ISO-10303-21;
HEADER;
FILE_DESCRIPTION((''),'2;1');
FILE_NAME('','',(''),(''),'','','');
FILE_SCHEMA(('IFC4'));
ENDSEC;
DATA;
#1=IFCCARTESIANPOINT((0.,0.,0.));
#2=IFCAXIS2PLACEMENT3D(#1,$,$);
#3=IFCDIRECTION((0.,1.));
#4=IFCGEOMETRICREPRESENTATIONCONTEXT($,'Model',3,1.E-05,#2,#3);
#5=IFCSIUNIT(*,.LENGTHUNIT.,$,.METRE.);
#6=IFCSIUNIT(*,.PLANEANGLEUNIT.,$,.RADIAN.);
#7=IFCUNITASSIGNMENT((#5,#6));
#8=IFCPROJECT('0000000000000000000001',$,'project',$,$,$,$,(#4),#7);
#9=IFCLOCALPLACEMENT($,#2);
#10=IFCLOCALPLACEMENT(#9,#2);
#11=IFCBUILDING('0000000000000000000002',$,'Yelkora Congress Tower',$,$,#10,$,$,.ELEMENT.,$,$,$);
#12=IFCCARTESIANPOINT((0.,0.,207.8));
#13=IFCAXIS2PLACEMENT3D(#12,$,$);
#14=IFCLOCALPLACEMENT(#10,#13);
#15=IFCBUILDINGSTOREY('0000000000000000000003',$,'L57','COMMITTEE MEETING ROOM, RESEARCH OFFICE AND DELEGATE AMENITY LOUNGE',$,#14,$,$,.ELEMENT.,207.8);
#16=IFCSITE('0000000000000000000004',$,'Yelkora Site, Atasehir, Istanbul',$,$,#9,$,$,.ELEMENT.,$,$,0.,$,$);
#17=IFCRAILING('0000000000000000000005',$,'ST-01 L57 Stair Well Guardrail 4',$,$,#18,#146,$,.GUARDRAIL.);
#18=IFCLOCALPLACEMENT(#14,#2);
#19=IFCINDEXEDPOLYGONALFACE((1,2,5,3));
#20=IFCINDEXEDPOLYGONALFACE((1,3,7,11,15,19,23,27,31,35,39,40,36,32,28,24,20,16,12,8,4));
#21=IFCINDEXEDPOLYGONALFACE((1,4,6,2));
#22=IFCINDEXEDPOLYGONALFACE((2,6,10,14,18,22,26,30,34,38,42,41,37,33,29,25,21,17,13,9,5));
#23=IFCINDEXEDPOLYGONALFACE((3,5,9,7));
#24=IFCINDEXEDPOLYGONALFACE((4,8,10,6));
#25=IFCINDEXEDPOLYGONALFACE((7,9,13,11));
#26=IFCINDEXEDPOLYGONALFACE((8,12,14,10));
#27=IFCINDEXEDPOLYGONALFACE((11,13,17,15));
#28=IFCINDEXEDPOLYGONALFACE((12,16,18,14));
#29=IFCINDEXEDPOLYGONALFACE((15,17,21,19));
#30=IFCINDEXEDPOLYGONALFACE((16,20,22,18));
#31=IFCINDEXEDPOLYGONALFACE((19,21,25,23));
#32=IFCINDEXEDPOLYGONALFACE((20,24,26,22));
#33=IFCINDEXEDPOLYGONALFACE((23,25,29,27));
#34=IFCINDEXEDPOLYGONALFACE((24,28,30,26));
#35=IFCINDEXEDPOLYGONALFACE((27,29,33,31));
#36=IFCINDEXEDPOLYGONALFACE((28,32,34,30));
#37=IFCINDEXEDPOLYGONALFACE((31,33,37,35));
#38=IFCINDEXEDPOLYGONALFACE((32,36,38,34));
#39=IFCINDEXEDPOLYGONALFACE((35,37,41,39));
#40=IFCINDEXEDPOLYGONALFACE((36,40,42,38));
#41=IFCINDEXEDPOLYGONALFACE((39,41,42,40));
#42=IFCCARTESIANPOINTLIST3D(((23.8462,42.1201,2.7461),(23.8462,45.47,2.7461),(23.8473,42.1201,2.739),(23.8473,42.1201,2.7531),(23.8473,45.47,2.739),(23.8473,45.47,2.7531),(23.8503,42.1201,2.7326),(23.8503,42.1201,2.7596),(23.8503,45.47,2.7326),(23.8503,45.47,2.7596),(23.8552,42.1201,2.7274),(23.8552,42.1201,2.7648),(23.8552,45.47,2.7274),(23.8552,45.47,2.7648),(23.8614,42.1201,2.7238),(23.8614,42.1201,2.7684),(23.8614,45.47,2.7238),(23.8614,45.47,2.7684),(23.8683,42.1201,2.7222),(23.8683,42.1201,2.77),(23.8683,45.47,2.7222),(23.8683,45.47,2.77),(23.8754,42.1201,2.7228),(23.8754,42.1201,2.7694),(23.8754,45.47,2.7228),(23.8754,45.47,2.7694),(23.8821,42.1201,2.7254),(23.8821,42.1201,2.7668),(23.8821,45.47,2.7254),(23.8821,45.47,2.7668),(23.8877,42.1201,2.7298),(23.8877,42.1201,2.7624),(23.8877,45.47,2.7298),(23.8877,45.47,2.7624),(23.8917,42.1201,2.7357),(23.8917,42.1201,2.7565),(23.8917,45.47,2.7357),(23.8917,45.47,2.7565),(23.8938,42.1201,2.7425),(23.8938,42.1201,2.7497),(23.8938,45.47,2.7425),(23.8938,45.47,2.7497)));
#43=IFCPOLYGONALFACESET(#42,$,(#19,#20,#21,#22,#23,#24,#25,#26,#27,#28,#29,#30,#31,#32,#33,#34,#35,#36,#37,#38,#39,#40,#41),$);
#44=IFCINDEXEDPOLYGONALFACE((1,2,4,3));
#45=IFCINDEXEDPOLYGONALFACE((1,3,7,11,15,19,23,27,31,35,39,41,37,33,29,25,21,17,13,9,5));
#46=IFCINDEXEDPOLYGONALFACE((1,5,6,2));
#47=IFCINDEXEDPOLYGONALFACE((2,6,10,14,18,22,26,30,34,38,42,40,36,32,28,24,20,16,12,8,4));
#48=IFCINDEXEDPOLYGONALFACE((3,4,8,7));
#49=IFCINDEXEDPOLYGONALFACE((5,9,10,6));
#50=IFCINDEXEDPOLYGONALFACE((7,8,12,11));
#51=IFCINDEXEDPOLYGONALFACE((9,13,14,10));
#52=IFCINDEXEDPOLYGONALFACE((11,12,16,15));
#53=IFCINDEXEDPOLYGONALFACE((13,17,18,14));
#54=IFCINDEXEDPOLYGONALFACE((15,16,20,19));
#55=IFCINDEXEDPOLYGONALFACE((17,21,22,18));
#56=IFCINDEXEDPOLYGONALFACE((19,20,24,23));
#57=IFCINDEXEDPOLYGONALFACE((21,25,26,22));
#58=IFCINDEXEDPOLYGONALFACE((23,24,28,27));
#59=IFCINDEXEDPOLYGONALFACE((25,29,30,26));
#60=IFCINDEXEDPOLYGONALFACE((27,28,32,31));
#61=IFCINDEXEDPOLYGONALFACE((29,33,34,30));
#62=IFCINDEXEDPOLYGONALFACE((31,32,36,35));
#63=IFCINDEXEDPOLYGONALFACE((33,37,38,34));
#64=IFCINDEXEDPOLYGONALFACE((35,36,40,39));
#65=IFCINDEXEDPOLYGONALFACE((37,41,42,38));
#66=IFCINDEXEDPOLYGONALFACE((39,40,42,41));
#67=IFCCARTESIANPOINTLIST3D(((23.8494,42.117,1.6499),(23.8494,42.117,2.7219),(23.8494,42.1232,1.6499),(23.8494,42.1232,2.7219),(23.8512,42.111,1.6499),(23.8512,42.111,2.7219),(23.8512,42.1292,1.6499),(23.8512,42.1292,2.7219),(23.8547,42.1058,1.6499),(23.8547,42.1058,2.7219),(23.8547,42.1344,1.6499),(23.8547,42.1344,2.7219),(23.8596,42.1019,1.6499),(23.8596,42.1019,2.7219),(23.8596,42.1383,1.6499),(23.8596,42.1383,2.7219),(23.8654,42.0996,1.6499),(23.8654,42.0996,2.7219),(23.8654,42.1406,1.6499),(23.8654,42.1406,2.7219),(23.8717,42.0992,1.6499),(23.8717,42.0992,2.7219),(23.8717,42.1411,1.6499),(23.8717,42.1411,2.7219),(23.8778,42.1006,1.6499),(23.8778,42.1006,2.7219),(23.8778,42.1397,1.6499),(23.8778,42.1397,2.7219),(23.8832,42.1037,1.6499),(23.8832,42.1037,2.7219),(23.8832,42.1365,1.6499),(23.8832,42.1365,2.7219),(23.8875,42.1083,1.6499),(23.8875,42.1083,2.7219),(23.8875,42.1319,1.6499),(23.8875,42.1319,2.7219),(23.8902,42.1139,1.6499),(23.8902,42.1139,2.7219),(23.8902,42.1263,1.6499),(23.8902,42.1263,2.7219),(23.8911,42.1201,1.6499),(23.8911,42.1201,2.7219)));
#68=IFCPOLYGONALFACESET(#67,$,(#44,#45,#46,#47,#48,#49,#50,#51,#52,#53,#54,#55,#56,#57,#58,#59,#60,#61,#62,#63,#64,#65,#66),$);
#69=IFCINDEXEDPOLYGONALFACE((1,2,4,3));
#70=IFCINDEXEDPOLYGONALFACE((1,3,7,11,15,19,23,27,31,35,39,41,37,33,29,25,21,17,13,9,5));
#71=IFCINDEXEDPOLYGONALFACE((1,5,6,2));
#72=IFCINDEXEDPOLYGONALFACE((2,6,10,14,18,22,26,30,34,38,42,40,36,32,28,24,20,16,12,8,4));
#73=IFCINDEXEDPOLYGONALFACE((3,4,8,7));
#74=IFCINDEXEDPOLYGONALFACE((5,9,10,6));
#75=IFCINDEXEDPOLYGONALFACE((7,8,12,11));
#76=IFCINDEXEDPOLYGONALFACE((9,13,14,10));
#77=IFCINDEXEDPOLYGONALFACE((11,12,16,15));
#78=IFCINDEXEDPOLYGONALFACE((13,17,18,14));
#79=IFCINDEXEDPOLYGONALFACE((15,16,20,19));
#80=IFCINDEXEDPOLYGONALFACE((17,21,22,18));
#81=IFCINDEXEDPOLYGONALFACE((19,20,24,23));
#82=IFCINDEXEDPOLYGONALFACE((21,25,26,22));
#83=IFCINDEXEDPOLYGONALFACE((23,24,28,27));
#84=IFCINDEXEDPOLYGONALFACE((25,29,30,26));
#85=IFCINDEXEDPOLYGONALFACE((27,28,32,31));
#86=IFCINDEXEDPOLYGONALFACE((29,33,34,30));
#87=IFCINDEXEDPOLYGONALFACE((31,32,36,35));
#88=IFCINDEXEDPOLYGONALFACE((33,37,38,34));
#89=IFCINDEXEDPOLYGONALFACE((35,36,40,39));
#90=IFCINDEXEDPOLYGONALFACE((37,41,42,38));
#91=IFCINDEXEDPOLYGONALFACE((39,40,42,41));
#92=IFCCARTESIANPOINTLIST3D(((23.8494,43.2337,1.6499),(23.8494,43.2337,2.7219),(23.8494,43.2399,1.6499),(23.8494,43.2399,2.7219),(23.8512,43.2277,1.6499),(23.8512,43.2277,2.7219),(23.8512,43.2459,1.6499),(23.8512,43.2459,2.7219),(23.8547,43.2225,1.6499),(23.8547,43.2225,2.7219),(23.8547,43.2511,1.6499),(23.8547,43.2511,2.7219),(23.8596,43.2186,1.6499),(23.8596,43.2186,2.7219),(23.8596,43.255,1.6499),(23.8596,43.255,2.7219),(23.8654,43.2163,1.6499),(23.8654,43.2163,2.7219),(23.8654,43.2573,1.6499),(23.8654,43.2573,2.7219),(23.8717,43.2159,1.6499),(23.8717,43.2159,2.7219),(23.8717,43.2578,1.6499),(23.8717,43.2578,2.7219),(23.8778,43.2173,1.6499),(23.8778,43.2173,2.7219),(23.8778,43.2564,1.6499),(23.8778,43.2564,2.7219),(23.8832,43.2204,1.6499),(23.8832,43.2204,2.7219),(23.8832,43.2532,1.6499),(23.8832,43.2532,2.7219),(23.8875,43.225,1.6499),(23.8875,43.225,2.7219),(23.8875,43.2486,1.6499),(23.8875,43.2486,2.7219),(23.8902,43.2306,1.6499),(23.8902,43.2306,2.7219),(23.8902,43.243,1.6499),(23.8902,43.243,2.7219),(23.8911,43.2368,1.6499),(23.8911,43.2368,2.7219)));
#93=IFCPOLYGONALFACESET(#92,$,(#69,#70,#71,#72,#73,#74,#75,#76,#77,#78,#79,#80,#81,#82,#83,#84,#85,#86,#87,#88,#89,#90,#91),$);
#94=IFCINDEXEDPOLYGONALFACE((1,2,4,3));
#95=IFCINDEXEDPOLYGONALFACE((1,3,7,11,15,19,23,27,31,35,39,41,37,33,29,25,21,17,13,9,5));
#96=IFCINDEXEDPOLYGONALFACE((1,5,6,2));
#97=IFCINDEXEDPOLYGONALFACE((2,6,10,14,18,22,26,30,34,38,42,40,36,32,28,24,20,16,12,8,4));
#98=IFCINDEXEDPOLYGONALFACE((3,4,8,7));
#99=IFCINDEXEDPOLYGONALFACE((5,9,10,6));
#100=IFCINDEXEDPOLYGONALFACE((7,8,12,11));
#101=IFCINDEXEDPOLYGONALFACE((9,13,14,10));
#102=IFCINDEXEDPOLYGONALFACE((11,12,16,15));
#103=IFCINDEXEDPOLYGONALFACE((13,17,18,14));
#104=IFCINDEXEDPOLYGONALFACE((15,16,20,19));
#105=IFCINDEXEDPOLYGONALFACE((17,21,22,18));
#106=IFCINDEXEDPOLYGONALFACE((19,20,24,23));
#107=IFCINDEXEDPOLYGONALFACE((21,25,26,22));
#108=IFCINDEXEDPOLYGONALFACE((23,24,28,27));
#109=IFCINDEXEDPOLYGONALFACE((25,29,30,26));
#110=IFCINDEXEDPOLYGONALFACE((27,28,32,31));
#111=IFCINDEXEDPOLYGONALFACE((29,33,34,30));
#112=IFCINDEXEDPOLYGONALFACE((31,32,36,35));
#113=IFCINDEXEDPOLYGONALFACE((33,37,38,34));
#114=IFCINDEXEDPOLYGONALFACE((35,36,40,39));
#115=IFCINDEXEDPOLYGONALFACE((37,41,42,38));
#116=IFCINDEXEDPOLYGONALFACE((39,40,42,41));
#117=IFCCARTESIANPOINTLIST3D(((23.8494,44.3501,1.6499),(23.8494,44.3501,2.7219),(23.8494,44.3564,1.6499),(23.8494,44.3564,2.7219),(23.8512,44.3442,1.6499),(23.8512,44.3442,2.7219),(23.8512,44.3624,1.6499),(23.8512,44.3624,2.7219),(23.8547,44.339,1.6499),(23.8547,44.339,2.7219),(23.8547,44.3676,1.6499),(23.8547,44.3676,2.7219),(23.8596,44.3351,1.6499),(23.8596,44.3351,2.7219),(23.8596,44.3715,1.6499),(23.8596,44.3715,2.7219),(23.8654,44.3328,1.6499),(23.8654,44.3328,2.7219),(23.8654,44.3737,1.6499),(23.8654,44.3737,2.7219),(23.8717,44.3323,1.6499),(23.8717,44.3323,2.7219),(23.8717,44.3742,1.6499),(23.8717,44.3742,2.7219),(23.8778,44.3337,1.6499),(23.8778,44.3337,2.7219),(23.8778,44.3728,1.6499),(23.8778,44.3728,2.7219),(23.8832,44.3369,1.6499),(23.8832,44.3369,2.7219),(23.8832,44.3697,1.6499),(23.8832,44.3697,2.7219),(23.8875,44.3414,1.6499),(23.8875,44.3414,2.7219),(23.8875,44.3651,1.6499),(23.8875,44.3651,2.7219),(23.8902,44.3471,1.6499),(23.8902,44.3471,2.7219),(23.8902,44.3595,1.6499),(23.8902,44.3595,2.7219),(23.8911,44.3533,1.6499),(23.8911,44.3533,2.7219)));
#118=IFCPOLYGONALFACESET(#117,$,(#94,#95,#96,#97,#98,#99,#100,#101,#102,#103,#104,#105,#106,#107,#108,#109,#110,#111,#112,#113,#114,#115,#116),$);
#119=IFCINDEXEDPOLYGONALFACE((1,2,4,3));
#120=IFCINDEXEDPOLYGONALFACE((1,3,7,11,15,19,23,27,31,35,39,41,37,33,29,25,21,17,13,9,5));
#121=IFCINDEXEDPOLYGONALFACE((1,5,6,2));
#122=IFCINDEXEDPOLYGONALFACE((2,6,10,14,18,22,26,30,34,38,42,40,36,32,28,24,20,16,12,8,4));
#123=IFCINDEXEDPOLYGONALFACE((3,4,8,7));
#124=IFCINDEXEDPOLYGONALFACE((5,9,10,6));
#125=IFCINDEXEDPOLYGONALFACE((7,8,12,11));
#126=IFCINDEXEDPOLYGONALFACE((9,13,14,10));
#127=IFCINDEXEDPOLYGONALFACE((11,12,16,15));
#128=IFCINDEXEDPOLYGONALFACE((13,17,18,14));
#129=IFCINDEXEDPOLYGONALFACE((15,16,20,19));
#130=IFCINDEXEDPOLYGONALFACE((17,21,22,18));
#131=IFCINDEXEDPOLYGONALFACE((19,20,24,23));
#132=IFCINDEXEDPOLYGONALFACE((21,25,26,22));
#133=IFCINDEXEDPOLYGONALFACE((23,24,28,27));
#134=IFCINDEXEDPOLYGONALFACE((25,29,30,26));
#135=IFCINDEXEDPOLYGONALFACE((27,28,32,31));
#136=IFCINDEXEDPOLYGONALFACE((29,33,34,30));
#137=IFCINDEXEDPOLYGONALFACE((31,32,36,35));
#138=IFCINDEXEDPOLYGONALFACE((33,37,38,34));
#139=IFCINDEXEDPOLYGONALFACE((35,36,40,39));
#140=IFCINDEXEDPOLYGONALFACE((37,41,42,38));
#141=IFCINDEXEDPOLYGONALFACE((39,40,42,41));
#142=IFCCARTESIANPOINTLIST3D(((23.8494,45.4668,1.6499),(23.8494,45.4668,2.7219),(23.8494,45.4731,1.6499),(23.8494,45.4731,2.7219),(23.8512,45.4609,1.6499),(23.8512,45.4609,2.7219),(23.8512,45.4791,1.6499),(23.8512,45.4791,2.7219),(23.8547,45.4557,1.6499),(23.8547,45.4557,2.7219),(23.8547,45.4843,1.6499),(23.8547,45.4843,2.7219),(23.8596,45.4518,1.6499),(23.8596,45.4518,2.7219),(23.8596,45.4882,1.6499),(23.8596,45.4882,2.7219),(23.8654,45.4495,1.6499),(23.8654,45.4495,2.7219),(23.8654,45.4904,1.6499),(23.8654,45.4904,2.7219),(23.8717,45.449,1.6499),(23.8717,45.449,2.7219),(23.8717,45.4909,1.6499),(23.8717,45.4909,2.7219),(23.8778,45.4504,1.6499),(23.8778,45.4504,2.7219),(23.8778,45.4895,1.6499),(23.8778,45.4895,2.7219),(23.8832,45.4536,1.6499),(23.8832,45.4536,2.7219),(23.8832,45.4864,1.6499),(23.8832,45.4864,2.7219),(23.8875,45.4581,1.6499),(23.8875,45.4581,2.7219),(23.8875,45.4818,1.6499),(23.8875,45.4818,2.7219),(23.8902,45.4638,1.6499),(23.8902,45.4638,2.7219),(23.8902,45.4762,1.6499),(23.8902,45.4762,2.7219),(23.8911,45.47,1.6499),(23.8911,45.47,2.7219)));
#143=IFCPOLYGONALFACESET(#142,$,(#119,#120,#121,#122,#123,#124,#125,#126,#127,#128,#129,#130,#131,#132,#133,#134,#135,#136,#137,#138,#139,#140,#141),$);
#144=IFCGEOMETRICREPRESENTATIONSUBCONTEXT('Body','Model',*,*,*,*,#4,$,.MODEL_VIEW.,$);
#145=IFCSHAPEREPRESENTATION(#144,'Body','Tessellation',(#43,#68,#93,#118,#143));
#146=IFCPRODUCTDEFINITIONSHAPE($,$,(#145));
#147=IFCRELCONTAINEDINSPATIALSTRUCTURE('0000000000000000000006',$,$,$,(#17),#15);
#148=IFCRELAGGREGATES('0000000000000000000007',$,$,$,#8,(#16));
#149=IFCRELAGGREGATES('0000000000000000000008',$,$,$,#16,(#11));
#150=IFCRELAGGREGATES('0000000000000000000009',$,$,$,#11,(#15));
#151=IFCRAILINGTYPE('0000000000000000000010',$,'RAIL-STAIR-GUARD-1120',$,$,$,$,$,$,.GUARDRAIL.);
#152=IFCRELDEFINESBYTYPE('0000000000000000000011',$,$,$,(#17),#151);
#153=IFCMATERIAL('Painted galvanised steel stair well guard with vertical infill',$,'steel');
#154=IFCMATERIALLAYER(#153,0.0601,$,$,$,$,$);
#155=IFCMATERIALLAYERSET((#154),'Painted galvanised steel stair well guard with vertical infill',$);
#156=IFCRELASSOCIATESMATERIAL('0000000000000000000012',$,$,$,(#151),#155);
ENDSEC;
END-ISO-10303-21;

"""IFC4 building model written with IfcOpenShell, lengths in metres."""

from ifc_helpers import new_model, si_unit, direction, frame, origin, origin_2d, place, context, subcontext, project, spatial, circle, extrude, material, layer, layer_set, type_object, element, save


model = new_model("IFC4")

# Units and contexts
model_context = context("Model", 3, precision=1e-05, world=origin(), true_north=direction((0.0, 1.0)))
body_context = subcontext(model_context, "Body", "Model", "MODEL_VIEW")
ifc_project = project(units=[si_unit("LENGTHUNIT", "METRE"), si_unit("PLANEANGLEUNIT", "RADIAN")], contexts=[model_context])

# Site, building, storey
site_placement = place(None, origin())
site = spatial("IfcSite", under=ifc_project, at=site_placement, Name="Yelkora Site, Atasehir, Istanbul", CompositionType="ELEMENT", RefElevation=0.0)
building_placement = place(site_placement, origin())
building = spatial("IfcBuilding", under=site, at=building_placement, Name="Yelkora Congress Tower", CompositionType="ELEMENT")
storey_placement = place(building_placement, frame((0.0, 0.0, 207.8)))
storey = spatial("IfcBuildingStorey", under=building, at=storey_placement, Name="L57", Description="COMMITTEE MEETING ROOM, RESEARCH OFFICE AND DELEGATE AMENITY LOUNGE", CompositionType="ELEMENT", Elevation=207.8)

# Railing
ifc_material_1 = material(Name="Painted galvanised steel stair well guard with vertical infill", Category="steel")
ifc_layer_1 = layer(ifc_material_1, 0.0601)
ifc_layer_set_1 = layer_set([ifc_layer_1], Name="Painted galvanised steel stair well guard with vertical infill")
railing_type_1 = type_object("IfcRailingType", Name="RAIL-STAIR-GUARD-1120", PredefinedType="GUARDRAIL", material=ifc_layer_set_1)
railing_1_placement = place(storey_placement, frame((23.8701, 42.1201, 1.6499)))
element("IfcRailing", 1, at=railing_1_placement, inside=storey, type_object=railing_type_1, Name="ST-01 L57 Stair Well Guardrail 4", PredefinedType="GUARDRAIL", context=body_context, shape_type="SweptSolid", body=[
    extrude(circle(Radius=0.0239, at=origin_2d()), frame((0.0, 0.0, 1.0962), z_axis=(0.0, 1.0, 0.0), x_axis=(-1.0, 0.0, 0.0)), (0.0, 0.0, 1.0), 3.3499),
    extrude(circle(Radius=0.021, at=origin_2d()), origin(), (0.0, 0.0, 1.0), 1.072),
    extrude(circle(Radius=0.021, at=origin_2d()), frame((0.0, 1.1167, 0.0)), (0.0, 0.0, 1.0), 1.072),
    extrude(circle(Radius=0.021, at=origin_2d()), frame((0.0, 2.2332, 0.0)), (0.0, 0.0, 1.0), 1.072),
    extrude(circle(Radius=0.021, at=origin_2d()), frame((0.0, 3.3499, 0.0)), (0.0, 0.0, 1.0), 1.072),
])

save(model, "model.ifc")
